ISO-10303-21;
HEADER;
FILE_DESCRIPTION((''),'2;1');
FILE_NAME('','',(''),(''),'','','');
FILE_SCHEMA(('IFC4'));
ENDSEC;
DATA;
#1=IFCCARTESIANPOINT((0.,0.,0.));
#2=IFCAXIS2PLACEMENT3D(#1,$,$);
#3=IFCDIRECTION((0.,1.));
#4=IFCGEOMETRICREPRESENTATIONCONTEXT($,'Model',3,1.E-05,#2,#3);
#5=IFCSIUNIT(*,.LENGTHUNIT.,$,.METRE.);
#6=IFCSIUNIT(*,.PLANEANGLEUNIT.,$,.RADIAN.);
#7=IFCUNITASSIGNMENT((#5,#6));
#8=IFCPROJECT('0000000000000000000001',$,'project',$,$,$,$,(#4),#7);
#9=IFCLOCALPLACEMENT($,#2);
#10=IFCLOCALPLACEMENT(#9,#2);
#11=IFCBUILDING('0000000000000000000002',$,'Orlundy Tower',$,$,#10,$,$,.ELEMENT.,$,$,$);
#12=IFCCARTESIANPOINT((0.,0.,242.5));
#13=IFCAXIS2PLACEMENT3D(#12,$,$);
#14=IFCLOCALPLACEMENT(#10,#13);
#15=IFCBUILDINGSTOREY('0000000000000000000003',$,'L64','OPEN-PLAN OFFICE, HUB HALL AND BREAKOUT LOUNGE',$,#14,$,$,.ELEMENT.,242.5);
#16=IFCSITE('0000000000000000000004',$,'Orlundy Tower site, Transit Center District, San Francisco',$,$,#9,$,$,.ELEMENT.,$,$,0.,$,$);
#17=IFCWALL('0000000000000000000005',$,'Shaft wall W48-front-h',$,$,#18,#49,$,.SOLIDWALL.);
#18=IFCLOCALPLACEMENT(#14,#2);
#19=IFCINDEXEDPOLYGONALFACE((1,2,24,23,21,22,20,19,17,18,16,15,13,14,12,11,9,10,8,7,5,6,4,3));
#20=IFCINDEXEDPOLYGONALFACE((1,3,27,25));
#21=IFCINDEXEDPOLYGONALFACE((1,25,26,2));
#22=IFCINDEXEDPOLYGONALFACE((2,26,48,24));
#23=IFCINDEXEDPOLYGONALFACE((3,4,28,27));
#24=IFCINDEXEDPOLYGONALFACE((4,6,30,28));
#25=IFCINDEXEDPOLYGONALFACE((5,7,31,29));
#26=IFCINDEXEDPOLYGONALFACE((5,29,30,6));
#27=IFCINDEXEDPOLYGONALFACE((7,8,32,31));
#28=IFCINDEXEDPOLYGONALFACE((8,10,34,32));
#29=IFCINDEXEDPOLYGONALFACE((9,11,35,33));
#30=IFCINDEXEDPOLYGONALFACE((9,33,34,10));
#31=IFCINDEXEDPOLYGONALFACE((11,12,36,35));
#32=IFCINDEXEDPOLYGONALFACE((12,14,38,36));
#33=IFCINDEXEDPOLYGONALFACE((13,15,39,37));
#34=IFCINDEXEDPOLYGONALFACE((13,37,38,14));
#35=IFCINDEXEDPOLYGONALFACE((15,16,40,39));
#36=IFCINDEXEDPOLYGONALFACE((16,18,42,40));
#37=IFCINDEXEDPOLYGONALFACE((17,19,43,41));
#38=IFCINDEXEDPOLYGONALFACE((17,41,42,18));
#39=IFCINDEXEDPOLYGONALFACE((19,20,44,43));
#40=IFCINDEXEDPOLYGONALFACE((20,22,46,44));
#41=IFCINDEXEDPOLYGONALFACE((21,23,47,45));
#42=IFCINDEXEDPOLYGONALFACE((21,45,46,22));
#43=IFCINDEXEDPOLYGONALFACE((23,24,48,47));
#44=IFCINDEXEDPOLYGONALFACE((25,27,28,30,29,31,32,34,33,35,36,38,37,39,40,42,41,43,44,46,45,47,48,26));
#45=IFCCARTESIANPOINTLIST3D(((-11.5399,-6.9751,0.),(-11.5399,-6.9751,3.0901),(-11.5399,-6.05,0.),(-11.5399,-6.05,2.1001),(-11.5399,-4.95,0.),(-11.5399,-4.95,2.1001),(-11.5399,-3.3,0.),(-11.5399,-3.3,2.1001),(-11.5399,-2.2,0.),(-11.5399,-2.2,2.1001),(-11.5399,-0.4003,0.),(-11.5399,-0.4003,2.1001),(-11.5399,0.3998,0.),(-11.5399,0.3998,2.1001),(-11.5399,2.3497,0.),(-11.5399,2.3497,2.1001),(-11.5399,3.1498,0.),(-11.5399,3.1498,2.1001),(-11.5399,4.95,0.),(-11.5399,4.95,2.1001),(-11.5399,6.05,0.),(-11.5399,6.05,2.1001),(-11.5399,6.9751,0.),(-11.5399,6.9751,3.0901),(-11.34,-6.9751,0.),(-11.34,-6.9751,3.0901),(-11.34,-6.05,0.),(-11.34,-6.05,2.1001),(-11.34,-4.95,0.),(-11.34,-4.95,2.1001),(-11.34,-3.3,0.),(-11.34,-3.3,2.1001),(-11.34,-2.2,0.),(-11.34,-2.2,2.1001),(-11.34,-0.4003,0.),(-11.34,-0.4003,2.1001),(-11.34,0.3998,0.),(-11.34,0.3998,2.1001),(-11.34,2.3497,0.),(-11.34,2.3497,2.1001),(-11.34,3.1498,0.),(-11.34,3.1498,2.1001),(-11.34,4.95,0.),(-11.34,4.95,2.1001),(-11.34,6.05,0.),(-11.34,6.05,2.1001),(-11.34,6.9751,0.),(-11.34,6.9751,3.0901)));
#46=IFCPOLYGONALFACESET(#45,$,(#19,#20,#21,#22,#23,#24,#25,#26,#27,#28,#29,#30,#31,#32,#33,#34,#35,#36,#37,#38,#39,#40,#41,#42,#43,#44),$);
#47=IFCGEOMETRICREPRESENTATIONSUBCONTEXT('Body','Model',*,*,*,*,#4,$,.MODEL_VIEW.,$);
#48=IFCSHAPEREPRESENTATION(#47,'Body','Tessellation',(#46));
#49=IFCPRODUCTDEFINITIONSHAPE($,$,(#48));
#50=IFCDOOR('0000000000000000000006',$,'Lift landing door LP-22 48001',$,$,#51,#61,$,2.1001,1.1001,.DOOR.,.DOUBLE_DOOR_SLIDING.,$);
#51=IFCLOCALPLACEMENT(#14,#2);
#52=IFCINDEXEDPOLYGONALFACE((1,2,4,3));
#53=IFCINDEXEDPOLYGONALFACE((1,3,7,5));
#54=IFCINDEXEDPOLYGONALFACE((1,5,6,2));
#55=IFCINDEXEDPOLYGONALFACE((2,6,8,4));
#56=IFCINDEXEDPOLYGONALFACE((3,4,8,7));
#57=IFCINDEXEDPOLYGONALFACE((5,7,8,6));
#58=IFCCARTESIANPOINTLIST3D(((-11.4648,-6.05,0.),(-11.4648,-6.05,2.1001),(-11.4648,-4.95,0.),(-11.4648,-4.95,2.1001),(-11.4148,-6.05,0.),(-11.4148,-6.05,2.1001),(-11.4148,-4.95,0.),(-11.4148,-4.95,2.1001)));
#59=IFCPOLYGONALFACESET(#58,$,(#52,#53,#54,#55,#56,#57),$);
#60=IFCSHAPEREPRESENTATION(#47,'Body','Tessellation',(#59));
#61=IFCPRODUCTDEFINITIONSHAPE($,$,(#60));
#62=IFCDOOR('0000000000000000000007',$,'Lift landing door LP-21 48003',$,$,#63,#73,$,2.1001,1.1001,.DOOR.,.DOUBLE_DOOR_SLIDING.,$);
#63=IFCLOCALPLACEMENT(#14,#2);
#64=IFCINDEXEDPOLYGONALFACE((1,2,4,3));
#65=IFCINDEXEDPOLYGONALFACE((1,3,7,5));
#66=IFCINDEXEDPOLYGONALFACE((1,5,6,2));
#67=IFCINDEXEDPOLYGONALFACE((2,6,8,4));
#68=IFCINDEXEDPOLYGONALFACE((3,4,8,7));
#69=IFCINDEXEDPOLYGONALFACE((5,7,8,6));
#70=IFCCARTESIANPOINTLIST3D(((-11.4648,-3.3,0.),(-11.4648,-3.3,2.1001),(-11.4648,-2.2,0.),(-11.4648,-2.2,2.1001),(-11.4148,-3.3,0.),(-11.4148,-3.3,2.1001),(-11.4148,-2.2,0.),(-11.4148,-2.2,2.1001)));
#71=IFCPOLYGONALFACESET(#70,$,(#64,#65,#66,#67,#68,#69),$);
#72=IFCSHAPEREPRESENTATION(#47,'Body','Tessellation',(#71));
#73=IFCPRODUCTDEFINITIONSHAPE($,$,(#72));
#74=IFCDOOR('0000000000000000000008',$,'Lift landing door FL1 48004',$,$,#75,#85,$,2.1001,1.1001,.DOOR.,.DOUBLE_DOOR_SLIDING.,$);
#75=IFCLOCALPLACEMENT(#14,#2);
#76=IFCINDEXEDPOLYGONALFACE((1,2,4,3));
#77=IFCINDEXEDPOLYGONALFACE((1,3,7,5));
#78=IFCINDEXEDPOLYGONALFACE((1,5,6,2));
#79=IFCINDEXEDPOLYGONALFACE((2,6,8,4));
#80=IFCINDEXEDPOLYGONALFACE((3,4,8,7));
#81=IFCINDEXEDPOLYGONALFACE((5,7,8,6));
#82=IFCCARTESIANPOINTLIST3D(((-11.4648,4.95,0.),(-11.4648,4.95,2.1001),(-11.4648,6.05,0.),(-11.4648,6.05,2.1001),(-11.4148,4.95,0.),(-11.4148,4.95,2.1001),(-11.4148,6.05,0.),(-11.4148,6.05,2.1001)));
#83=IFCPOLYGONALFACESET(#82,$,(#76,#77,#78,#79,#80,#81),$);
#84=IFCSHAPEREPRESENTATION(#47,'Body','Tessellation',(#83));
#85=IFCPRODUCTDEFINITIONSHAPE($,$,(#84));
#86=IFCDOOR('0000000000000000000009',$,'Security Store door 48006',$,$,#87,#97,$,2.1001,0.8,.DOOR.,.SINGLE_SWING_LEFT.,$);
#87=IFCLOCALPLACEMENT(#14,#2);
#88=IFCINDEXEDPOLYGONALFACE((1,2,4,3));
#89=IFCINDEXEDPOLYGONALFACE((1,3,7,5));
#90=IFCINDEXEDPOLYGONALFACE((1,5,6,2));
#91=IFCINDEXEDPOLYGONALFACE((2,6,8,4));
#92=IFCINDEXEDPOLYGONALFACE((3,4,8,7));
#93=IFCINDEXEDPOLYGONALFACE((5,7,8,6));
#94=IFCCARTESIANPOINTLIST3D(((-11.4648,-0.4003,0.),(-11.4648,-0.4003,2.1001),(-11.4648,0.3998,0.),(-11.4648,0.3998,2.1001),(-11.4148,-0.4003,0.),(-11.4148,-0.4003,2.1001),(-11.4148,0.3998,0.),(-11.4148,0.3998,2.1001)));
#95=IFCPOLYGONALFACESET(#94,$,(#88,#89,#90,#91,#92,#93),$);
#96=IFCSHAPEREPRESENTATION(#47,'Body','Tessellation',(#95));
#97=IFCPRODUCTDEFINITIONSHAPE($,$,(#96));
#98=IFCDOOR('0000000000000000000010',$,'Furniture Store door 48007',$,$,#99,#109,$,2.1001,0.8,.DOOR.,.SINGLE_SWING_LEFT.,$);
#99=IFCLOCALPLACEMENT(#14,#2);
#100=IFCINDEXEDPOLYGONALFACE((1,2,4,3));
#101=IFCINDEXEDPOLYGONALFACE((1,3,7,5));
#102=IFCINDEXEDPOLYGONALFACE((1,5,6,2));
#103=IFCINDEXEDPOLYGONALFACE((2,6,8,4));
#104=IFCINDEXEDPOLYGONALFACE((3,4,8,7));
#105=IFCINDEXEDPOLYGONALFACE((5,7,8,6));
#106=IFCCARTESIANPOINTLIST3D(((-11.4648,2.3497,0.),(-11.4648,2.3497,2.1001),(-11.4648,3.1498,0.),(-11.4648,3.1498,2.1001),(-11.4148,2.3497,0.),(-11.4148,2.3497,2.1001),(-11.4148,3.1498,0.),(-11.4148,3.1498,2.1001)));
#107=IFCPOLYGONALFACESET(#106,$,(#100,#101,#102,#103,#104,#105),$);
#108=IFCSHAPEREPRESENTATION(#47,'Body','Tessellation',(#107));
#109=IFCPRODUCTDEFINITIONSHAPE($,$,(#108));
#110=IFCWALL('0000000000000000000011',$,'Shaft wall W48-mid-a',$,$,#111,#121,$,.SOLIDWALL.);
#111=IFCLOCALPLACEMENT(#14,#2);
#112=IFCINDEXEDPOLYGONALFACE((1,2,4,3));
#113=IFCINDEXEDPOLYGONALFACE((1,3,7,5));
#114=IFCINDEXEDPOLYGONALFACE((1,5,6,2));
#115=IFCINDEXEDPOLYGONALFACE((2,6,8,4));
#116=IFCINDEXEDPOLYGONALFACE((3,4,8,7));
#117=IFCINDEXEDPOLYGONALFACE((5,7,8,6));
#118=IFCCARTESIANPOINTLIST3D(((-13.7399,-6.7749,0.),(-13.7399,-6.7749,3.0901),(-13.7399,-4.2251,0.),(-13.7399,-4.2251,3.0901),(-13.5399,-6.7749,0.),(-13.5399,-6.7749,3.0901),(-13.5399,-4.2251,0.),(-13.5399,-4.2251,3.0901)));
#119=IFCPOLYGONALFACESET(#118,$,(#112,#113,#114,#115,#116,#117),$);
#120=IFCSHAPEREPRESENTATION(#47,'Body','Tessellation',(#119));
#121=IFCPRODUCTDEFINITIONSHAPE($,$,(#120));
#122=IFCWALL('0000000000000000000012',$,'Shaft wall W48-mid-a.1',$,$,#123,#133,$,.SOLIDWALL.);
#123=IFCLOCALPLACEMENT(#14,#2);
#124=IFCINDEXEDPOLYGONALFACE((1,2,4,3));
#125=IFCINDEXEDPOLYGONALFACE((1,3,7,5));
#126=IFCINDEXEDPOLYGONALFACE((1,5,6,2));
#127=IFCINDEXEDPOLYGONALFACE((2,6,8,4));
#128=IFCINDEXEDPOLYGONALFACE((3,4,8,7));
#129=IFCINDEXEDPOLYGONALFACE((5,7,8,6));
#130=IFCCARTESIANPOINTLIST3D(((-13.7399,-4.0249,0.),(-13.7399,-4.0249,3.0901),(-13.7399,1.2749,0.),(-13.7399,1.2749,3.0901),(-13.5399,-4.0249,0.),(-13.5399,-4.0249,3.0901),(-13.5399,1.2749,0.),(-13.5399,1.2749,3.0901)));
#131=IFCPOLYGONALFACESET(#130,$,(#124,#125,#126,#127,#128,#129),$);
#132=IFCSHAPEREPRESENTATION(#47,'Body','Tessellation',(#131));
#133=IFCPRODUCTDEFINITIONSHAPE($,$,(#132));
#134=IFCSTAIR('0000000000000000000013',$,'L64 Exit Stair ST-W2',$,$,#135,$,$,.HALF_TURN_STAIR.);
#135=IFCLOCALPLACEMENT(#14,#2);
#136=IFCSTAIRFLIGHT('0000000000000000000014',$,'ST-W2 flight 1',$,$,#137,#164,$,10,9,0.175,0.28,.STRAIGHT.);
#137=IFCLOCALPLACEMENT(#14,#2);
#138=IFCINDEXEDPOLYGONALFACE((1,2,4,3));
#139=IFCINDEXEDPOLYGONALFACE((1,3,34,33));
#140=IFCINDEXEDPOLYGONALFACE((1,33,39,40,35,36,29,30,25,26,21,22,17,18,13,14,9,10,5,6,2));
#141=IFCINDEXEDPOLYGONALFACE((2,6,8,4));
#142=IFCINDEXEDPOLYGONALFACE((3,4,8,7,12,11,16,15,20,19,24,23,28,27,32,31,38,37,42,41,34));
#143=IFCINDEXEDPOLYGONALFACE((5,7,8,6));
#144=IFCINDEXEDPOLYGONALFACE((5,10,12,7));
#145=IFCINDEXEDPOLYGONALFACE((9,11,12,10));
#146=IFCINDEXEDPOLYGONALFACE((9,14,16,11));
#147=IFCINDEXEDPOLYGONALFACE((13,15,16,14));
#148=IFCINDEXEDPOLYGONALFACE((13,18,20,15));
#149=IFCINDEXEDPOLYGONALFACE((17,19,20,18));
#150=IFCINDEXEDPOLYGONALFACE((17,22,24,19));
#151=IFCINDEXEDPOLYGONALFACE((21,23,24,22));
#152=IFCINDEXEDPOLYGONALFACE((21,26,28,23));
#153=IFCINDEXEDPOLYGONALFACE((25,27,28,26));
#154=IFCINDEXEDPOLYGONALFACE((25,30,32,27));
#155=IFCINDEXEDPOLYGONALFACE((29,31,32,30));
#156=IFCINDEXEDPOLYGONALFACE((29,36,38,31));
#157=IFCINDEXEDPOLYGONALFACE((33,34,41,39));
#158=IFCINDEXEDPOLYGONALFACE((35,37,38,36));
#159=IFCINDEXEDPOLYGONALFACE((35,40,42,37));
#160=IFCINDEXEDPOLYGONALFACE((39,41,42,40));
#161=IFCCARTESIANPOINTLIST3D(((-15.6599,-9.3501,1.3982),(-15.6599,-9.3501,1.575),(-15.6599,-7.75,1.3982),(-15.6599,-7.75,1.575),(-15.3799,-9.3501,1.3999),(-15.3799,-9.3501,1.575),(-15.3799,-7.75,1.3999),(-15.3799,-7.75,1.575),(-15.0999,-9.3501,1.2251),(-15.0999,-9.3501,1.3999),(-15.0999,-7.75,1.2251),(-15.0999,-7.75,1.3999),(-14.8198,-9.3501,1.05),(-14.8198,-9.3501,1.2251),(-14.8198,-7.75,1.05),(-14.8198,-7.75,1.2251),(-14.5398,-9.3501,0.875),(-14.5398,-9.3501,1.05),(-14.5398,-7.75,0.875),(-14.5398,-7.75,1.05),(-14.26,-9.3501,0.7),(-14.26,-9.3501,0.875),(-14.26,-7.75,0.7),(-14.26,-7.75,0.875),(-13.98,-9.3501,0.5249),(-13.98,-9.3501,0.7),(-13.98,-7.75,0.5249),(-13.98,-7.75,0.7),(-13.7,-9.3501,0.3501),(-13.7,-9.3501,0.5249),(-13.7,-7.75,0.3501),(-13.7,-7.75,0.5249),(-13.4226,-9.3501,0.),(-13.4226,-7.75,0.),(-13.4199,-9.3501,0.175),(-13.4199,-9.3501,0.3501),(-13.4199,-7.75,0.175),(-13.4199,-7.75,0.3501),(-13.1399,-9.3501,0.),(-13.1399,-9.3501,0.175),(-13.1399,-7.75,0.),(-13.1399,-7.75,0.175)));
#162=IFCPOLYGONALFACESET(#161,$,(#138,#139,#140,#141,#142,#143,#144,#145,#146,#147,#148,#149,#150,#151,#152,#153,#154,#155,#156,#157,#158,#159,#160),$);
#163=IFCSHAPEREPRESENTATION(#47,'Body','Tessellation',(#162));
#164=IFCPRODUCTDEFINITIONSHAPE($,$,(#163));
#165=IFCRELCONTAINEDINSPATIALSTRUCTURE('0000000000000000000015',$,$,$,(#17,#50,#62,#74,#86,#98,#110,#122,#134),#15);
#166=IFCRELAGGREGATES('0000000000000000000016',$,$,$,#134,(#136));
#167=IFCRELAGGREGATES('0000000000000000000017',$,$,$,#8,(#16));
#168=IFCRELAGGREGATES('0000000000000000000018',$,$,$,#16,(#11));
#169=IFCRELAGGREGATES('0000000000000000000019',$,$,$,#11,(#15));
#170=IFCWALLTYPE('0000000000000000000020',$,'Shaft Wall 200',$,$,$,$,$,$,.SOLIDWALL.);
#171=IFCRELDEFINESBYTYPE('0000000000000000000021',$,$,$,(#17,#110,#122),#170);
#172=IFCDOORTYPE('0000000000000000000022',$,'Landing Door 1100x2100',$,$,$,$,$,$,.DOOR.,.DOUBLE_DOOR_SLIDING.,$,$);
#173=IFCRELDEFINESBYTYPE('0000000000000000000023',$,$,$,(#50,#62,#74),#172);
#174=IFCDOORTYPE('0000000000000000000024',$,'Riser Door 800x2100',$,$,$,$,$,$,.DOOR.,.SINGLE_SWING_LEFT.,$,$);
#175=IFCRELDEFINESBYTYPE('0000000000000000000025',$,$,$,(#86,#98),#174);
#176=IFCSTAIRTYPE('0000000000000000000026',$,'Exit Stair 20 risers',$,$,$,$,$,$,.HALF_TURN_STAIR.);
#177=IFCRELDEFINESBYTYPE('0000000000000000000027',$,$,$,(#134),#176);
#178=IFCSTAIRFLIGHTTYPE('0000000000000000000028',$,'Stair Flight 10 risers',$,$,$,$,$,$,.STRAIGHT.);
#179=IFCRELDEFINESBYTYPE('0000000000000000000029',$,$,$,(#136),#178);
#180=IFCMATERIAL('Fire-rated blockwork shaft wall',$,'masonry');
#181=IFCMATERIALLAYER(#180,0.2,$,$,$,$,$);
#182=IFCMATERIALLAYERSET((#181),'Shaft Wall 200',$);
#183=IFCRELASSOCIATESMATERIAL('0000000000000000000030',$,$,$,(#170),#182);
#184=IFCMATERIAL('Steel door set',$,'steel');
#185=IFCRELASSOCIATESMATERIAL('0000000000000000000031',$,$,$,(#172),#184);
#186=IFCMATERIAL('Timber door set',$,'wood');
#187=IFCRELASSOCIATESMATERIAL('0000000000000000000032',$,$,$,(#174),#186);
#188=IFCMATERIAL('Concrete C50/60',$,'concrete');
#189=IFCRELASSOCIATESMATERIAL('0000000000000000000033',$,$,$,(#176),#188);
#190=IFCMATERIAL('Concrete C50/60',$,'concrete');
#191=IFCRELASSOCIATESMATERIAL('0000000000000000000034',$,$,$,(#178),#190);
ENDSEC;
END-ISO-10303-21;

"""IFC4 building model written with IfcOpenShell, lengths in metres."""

from ifc_helpers import new_model, si_unit, direction, frame, frame_2d, origin, place, context, subcontext, project, spatial, polyline, rectangle, outline, extrude, material, layer, layer_set, type_object, element, fill, aggregate, save


model = new_model("IFC4")

# Units and contexts
model_context = context("Model", 3, precision=1e-05, world=origin(), true_north=direction((0.0, 1.0)))
body_context = subcontext(model_context, "Body", "Model", "MODEL_VIEW")
ifc_project = project(units=[si_unit("LENGTHUNIT", "METRE"), si_unit("PLANEANGLEUNIT", "RADIAN")], contexts=[model_context])

# Site, building, storey
site_placement = place(None, origin())
site = spatial("IfcSite", under=ifc_project, at=site_placement, Name="Orlundy Tower site, Transit Center District, San Francisco", CompositionType="ELEMENT", RefElevation=0.0)
building_placement = place(site_placement, origin())
building = spatial("IfcBuilding", under=site, at=building_placement, Name="Orlundy Tower", CompositionType="ELEMENT")
storey_placement = place(building_placement, frame((0.0, 0.0, 242.5)))
storey = spatial("IfcBuildingStorey", under=building, at=storey_placement, Name="L64", Description="OPEN-PLAN OFFICE, HUB HALL AND BREAKOUT LOUNGE", CompositionType="ELEMENT", Elevation=242.5)

# Shared definitions
ifc_material_1 = material(Name="Fire-rated blockwork shaft wall", Category="masonry")
ifc_layer_1 = layer(ifc_material_1, 0.2)
ifc_layer_set_1 = layer_set([ifc_layer_1], Name="Shaft Wall 200")
wall_type_1 = type_object("IfcWallType", Name="Shaft Wall 200", PredefinedType="SOLIDWALL", material=ifc_layer_set_1)

# Wall, openings, doors
wall_1_placement = place(storey_placement, frame((-11.4399, -6.9751, 0.0), z_axis=(0.0, 0.0, 1.0), x_axis=(0.0, 1.0, 0.0)))
wall_1 = element("IfcWall", 1, at=wall_1_placement, inside=storey, type_object=wall_type_1, Name="Shaft wall W48-front-h", PredefinedType="SOLIDWALL", context=body_context, shape_type="SweptSolid", body=[
    extrude(rectangle(XDim=13.9502, YDim=0.2, at=frame_2d((6.9751, 0.0))), origin(), (0.0, 0.0, 1.0), 3.0901),
])
opening_1_placement = place(wall_1_placement, frame((0.925, 0.0, 0.0)))
opening_1 = element("IfcOpeningElement", 2, at=opening_1_placement, cuts=wall_1, PredefinedType="OPENING", context=body_context, shape_type="SweptSolid", body=[
    extrude(rectangle(XDim=1.1001, YDim=2.1001, at=frame_2d((0.55, 1.05))), frame((0.0, 0.1101, 0.0), z_axis=(0.0, -1.0, 0.0), x_axis=(1.0, 0.0, 0.0)), (0.0, 0.0, 1.0), 0.2202),
])
opening_2_placement = place(wall_1_placement, frame((3.675, 0.0, 0.0)))
opening_2 = element("IfcOpeningElement", 3, at=opening_2_placement, cuts=wall_1, PredefinedType="OPENING", context=body_context, shape_type="SweptSolid", body=[
    extrude(rectangle(XDim=1.1001, YDim=2.1001, at=frame_2d((0.55, 1.05))), frame((0.0, 0.1101, 0.0), z_axis=(0.0, -1.0, 0.0), x_axis=(1.0, 0.0, 0.0)), (0.0, 0.0, 1.0), 0.2202),
])
opening_3_placement = place(wall_1_placement, frame((11.925, 0.0, 0.0)))
opening_3 = element("IfcOpeningElement", 4, at=opening_3_placement, cuts=wall_1, PredefinedType="OPENING", context=body_context, shape_type="SweptSolid", body=[
    extrude(rectangle(XDim=1.1001, YDim=2.1001, at=frame_2d((0.55, 1.05))), frame((0.0, 0.1101, 0.0), z_axis=(0.0, -1.0, 0.0), x_axis=(1.0, 0.0, 0.0)), (0.0, 0.0, 1.0), 0.2202),
])
opening_4_placement = place(wall_1_placement, frame((6.575, 0.0, 0.0)))
opening_4 = element("IfcOpeningElement", 5, at=opening_4_placement, cuts=wall_1, PredefinedType="OPENING", context=body_context, shape_type="SweptSolid", body=[
    extrude(rectangle(XDim=0.8, YDim=2.1001, at=frame_2d((0.3999, 1.05))), frame((0.0, 0.1101, 0.0), z_axis=(0.0, -1.0, 0.0), x_axis=(1.0, 0.0, 0.0)), (0.0, 0.0, 1.0), 0.2202),
])
opening_5_placement = place(wall_1_placement, frame((9.325, 0.0, 0.0)))
opening_5 = element("IfcOpeningElement", 6, at=opening_5_placement, cuts=wall_1, PredefinedType="OPENING", context=body_context, shape_type="SweptSolid", body=[
    extrude(rectangle(XDim=0.8, YDim=2.1001, at=frame_2d((0.3999, 1.05))), frame((0.0, 0.1101, 0.0), z_axis=(0.0, -1.0, 0.0), x_axis=(1.0, 0.0, 0.0)), (0.0, 0.0, 1.0), 0.2202),
])
ifc_material_2 = material(Name="Steel door set", Category="steel")
door_type_1 = type_object("IfcDoorType", Name="Landing Door 1100x2100", OperationType="DOUBLE_DOOR_SLIDING", PredefinedType="DOOR", material=ifc_material_2)
door_1_placement = place(opening_1_placement, origin())
door_1 = element("IfcDoor", 7, at=door_1_placement, inside=storey, type_object=door_type_1, Name="Lift landing door LP-22 48001", OperationType="DOUBLE_DOOR_SLIDING", OverallHeight=2.1001, OverallWidth=1.1001, PredefinedType="DOOR", context=body_context, shape_type="SweptSolid", body=[
    extrude(rectangle(XDim=1.1001, YDim=2.1001, at=frame_2d((0.55, 1.05))), frame((0.0, 0.0249, 0.0), z_axis=(0.0, -1.0, 0.0), x_axis=(1.0, 0.0, 0.0)), (0.0, 0.0, 1.0), 0.05),
])
fill(opening_1, door_1)
door_2_placement = place(opening_2_placement, origin())
door_2 = element("IfcDoor", 8, at=door_2_placement, inside=storey, type_object=door_type_1, Name="Lift landing door LP-21 48003", OperationType="DOUBLE_DOOR_SLIDING", OverallHeight=2.1001, OverallWidth=1.1001, PredefinedType="DOOR", context=body_context, shape_type="SweptSolid", body=[
    extrude(rectangle(XDim=1.1001, YDim=2.1001, at=frame_2d((0.55, 1.05))), frame((0.0, 0.0249, 0.0), z_axis=(0.0, -1.0, 0.0), x_axis=(1.0, 0.0, 0.0)), (0.0, 0.0, 1.0), 0.05),
])
fill(opening_2, door_2)
door_3_placement = place(opening_3_placement, origin())
door_3 = element("IfcDoor", 9, at=door_3_placement, inside=storey, type_object=door_type_1, Name="Lift landing door FL1 48004", OperationType="DOUBLE_DOOR_SLIDING", OverallHeight=2.1001, OverallWidth=1.1001, PredefinedType="DOOR", context=body_context, shape_type="SweptSolid", body=[
    extrude(rectangle(XDim=1.1001, YDim=2.1001, at=frame_2d((0.55, 1.05))), frame((0.0, 0.0249, 0.0), z_axis=(0.0, -1.0, 0.0), x_axis=(1.0, 0.0, 0.0)), (0.0, 0.0, 1.0), 0.05),
])
fill(opening_3, door_3)
ifc_material_3 = material(Name="Timber door set", Category="wood")
door_type_2 = type_object("IfcDoorType", Name="Riser Door 800x2100", OperationType="SINGLE_SWING_LEFT", PredefinedType="DOOR", material=ifc_material_3)
door_4_placement = place(opening_4_placement, origin())
door_4 = element("IfcDoor", 10, at=door_4_placement, inside=storey, type_object=door_type_2, Name="Security Store door 48006", OperationType="SINGLE_SWING_LEFT", OverallHeight=2.1001, OverallWidth=0.8, PredefinedType="DOOR", context=body_context, shape_type="SweptSolid", body=[
    extrude(rectangle(XDim=0.8, YDim=2.1001, at=frame_2d((0.3999, 1.05))), frame((0.0, 0.0249, 0.0), z_axis=(0.0, -1.0, 0.0), x_axis=(1.0, 0.0, 0.0)), (0.0, 0.0, 1.0), 0.05),
])
fill(opening_4, door_4)
door_5_placement = place(opening_5_placement, origin())
door_5 = element("IfcDoor", 11, at=door_5_placement, inside=storey, type_object=door_type_2, Name="Furniture Store door 48007", OperationType="SINGLE_SWING_LEFT", OverallHeight=2.1001, OverallWidth=0.8, PredefinedType="DOOR", context=body_context, shape_type="SweptSolid", body=[
    extrude(rectangle(XDim=0.8, YDim=2.1001, at=frame_2d((0.3999, 1.05))), frame((0.0, 0.0249, 0.0), z_axis=(0.0, -1.0, 0.0), x_axis=(1.0, 0.0, 0.0)), (0.0, 0.0, 1.0), 0.05),
])
fill(opening_5, door_5)

# Walls
wall_2_placement = place(storey_placement, frame((-13.6399, -6.7749, 0.0), z_axis=(0.0, 0.0, 1.0), x_axis=(0.0, 1.0, 0.0)))
element("IfcWall", 12, at=wall_2_placement, inside=storey, type_object=wall_type_1, Name="Shaft wall W48-mid-a", PredefinedType="SOLIDWALL", context=body_context, shape_type="SweptSolid", body=[
    extrude(rectangle(XDim=2.5498, YDim=0.2, at=frame_2d((1.2749, 0.0))), origin(), (0.0, 0.0, 1.0), 3.0901),
])
wall_3_placement = place(storey_placement, frame((-13.6399, -4.0249, 0.0), z_axis=(0.0, 0.0, 1.0), x_axis=(0.0, 1.0, 0.0)))
element("IfcWall", 13, at=wall_3_placement, inside=storey, type_object=wall_type_1, Name="Shaft wall W48-mid-a.1", PredefinedType="SOLIDWALL", context=body_context, shape_type="SweptSolid", body=[
    extrude(rectangle(XDim=5.2998, YDim=0.2, at=frame_2d((2.6499, 0.0))), origin(), (0.0, 0.0, 1.0), 3.0901),
])

# Stair, stair flight
ifc_material_4 = material(Name="Concrete C50/60", Category="concrete")
stair_type = type_object("IfcStairType", Name="Exit Stair 20 risers", PredefinedType="HALF_TURN_STAIR", material=ifc_material_4)
stair_placement = place(storey_placement, origin())
stair = element("IfcStair", 14, at=stair_placement, inside=storey, type_object=stair_type, Name="L64 Exit Stair ST-W2", PredefinedType="HALF_TURN_STAIR")
ifc_material_5 = material(Name="Concrete C50/60", Category="concrete")
stair_flight_type = type_object("IfcStairFlightType", Name="Stair Flight 10 risers", PredefinedType="STRAIGHT", material=ifc_material_5)
stair_flight_1_placement = place(storey_placement, frame((-13.1399, -8.55, 0.0), z_axis=(0.0, 0.0, 1.0), x_axis=(-1.0, 0.0, 0.0)))
stair_flight_1 = element("IfcStairFlight", 15, at=stair_flight_1_placement, type_object=stair_flight_type, Name="ST-W2 flight 1", NumberOfRisers=10, NumberOfTreads=9, PredefinedType="STRAIGHT", RiserHeight=0.175, TreadLength=0.28, context=body_context, shape_type="SweptSolid", body=[
    extrude(outline(polyline([(0.0, 0.0), (0.0, 0.175), (0.28, 0.175), (0.28, 0.3501), (0.5601, 0.3501), (0.5601, 0.5249), (0.8401, 0.5249), (0.8401, 0.7), (1.1201, 0.7), (1.1201, 0.875), (1.3999, 0.875), (1.3999, 1.05), (1.6799, 1.05), (1.6799, 1.2251), (1.96, 1.2251), (1.96, 1.3999), (2.24, 1.3999), (2.24, 1.575), (2.52, 1.575), (2.52, 1.75), (2.52, 1.3982), (0.2827, 0.0), (0.0, 0.0)])), frame((0.0, 0.8, 0.0), z_axis=(0.0, -1.0, 0.0), x_axis=(1.0, 0.0, 0.0)), (0.0, 0.0, 1.0), 1.6001),
])
aggregate(stair, [stair_flight_1])

save(model, "model.ifc")
